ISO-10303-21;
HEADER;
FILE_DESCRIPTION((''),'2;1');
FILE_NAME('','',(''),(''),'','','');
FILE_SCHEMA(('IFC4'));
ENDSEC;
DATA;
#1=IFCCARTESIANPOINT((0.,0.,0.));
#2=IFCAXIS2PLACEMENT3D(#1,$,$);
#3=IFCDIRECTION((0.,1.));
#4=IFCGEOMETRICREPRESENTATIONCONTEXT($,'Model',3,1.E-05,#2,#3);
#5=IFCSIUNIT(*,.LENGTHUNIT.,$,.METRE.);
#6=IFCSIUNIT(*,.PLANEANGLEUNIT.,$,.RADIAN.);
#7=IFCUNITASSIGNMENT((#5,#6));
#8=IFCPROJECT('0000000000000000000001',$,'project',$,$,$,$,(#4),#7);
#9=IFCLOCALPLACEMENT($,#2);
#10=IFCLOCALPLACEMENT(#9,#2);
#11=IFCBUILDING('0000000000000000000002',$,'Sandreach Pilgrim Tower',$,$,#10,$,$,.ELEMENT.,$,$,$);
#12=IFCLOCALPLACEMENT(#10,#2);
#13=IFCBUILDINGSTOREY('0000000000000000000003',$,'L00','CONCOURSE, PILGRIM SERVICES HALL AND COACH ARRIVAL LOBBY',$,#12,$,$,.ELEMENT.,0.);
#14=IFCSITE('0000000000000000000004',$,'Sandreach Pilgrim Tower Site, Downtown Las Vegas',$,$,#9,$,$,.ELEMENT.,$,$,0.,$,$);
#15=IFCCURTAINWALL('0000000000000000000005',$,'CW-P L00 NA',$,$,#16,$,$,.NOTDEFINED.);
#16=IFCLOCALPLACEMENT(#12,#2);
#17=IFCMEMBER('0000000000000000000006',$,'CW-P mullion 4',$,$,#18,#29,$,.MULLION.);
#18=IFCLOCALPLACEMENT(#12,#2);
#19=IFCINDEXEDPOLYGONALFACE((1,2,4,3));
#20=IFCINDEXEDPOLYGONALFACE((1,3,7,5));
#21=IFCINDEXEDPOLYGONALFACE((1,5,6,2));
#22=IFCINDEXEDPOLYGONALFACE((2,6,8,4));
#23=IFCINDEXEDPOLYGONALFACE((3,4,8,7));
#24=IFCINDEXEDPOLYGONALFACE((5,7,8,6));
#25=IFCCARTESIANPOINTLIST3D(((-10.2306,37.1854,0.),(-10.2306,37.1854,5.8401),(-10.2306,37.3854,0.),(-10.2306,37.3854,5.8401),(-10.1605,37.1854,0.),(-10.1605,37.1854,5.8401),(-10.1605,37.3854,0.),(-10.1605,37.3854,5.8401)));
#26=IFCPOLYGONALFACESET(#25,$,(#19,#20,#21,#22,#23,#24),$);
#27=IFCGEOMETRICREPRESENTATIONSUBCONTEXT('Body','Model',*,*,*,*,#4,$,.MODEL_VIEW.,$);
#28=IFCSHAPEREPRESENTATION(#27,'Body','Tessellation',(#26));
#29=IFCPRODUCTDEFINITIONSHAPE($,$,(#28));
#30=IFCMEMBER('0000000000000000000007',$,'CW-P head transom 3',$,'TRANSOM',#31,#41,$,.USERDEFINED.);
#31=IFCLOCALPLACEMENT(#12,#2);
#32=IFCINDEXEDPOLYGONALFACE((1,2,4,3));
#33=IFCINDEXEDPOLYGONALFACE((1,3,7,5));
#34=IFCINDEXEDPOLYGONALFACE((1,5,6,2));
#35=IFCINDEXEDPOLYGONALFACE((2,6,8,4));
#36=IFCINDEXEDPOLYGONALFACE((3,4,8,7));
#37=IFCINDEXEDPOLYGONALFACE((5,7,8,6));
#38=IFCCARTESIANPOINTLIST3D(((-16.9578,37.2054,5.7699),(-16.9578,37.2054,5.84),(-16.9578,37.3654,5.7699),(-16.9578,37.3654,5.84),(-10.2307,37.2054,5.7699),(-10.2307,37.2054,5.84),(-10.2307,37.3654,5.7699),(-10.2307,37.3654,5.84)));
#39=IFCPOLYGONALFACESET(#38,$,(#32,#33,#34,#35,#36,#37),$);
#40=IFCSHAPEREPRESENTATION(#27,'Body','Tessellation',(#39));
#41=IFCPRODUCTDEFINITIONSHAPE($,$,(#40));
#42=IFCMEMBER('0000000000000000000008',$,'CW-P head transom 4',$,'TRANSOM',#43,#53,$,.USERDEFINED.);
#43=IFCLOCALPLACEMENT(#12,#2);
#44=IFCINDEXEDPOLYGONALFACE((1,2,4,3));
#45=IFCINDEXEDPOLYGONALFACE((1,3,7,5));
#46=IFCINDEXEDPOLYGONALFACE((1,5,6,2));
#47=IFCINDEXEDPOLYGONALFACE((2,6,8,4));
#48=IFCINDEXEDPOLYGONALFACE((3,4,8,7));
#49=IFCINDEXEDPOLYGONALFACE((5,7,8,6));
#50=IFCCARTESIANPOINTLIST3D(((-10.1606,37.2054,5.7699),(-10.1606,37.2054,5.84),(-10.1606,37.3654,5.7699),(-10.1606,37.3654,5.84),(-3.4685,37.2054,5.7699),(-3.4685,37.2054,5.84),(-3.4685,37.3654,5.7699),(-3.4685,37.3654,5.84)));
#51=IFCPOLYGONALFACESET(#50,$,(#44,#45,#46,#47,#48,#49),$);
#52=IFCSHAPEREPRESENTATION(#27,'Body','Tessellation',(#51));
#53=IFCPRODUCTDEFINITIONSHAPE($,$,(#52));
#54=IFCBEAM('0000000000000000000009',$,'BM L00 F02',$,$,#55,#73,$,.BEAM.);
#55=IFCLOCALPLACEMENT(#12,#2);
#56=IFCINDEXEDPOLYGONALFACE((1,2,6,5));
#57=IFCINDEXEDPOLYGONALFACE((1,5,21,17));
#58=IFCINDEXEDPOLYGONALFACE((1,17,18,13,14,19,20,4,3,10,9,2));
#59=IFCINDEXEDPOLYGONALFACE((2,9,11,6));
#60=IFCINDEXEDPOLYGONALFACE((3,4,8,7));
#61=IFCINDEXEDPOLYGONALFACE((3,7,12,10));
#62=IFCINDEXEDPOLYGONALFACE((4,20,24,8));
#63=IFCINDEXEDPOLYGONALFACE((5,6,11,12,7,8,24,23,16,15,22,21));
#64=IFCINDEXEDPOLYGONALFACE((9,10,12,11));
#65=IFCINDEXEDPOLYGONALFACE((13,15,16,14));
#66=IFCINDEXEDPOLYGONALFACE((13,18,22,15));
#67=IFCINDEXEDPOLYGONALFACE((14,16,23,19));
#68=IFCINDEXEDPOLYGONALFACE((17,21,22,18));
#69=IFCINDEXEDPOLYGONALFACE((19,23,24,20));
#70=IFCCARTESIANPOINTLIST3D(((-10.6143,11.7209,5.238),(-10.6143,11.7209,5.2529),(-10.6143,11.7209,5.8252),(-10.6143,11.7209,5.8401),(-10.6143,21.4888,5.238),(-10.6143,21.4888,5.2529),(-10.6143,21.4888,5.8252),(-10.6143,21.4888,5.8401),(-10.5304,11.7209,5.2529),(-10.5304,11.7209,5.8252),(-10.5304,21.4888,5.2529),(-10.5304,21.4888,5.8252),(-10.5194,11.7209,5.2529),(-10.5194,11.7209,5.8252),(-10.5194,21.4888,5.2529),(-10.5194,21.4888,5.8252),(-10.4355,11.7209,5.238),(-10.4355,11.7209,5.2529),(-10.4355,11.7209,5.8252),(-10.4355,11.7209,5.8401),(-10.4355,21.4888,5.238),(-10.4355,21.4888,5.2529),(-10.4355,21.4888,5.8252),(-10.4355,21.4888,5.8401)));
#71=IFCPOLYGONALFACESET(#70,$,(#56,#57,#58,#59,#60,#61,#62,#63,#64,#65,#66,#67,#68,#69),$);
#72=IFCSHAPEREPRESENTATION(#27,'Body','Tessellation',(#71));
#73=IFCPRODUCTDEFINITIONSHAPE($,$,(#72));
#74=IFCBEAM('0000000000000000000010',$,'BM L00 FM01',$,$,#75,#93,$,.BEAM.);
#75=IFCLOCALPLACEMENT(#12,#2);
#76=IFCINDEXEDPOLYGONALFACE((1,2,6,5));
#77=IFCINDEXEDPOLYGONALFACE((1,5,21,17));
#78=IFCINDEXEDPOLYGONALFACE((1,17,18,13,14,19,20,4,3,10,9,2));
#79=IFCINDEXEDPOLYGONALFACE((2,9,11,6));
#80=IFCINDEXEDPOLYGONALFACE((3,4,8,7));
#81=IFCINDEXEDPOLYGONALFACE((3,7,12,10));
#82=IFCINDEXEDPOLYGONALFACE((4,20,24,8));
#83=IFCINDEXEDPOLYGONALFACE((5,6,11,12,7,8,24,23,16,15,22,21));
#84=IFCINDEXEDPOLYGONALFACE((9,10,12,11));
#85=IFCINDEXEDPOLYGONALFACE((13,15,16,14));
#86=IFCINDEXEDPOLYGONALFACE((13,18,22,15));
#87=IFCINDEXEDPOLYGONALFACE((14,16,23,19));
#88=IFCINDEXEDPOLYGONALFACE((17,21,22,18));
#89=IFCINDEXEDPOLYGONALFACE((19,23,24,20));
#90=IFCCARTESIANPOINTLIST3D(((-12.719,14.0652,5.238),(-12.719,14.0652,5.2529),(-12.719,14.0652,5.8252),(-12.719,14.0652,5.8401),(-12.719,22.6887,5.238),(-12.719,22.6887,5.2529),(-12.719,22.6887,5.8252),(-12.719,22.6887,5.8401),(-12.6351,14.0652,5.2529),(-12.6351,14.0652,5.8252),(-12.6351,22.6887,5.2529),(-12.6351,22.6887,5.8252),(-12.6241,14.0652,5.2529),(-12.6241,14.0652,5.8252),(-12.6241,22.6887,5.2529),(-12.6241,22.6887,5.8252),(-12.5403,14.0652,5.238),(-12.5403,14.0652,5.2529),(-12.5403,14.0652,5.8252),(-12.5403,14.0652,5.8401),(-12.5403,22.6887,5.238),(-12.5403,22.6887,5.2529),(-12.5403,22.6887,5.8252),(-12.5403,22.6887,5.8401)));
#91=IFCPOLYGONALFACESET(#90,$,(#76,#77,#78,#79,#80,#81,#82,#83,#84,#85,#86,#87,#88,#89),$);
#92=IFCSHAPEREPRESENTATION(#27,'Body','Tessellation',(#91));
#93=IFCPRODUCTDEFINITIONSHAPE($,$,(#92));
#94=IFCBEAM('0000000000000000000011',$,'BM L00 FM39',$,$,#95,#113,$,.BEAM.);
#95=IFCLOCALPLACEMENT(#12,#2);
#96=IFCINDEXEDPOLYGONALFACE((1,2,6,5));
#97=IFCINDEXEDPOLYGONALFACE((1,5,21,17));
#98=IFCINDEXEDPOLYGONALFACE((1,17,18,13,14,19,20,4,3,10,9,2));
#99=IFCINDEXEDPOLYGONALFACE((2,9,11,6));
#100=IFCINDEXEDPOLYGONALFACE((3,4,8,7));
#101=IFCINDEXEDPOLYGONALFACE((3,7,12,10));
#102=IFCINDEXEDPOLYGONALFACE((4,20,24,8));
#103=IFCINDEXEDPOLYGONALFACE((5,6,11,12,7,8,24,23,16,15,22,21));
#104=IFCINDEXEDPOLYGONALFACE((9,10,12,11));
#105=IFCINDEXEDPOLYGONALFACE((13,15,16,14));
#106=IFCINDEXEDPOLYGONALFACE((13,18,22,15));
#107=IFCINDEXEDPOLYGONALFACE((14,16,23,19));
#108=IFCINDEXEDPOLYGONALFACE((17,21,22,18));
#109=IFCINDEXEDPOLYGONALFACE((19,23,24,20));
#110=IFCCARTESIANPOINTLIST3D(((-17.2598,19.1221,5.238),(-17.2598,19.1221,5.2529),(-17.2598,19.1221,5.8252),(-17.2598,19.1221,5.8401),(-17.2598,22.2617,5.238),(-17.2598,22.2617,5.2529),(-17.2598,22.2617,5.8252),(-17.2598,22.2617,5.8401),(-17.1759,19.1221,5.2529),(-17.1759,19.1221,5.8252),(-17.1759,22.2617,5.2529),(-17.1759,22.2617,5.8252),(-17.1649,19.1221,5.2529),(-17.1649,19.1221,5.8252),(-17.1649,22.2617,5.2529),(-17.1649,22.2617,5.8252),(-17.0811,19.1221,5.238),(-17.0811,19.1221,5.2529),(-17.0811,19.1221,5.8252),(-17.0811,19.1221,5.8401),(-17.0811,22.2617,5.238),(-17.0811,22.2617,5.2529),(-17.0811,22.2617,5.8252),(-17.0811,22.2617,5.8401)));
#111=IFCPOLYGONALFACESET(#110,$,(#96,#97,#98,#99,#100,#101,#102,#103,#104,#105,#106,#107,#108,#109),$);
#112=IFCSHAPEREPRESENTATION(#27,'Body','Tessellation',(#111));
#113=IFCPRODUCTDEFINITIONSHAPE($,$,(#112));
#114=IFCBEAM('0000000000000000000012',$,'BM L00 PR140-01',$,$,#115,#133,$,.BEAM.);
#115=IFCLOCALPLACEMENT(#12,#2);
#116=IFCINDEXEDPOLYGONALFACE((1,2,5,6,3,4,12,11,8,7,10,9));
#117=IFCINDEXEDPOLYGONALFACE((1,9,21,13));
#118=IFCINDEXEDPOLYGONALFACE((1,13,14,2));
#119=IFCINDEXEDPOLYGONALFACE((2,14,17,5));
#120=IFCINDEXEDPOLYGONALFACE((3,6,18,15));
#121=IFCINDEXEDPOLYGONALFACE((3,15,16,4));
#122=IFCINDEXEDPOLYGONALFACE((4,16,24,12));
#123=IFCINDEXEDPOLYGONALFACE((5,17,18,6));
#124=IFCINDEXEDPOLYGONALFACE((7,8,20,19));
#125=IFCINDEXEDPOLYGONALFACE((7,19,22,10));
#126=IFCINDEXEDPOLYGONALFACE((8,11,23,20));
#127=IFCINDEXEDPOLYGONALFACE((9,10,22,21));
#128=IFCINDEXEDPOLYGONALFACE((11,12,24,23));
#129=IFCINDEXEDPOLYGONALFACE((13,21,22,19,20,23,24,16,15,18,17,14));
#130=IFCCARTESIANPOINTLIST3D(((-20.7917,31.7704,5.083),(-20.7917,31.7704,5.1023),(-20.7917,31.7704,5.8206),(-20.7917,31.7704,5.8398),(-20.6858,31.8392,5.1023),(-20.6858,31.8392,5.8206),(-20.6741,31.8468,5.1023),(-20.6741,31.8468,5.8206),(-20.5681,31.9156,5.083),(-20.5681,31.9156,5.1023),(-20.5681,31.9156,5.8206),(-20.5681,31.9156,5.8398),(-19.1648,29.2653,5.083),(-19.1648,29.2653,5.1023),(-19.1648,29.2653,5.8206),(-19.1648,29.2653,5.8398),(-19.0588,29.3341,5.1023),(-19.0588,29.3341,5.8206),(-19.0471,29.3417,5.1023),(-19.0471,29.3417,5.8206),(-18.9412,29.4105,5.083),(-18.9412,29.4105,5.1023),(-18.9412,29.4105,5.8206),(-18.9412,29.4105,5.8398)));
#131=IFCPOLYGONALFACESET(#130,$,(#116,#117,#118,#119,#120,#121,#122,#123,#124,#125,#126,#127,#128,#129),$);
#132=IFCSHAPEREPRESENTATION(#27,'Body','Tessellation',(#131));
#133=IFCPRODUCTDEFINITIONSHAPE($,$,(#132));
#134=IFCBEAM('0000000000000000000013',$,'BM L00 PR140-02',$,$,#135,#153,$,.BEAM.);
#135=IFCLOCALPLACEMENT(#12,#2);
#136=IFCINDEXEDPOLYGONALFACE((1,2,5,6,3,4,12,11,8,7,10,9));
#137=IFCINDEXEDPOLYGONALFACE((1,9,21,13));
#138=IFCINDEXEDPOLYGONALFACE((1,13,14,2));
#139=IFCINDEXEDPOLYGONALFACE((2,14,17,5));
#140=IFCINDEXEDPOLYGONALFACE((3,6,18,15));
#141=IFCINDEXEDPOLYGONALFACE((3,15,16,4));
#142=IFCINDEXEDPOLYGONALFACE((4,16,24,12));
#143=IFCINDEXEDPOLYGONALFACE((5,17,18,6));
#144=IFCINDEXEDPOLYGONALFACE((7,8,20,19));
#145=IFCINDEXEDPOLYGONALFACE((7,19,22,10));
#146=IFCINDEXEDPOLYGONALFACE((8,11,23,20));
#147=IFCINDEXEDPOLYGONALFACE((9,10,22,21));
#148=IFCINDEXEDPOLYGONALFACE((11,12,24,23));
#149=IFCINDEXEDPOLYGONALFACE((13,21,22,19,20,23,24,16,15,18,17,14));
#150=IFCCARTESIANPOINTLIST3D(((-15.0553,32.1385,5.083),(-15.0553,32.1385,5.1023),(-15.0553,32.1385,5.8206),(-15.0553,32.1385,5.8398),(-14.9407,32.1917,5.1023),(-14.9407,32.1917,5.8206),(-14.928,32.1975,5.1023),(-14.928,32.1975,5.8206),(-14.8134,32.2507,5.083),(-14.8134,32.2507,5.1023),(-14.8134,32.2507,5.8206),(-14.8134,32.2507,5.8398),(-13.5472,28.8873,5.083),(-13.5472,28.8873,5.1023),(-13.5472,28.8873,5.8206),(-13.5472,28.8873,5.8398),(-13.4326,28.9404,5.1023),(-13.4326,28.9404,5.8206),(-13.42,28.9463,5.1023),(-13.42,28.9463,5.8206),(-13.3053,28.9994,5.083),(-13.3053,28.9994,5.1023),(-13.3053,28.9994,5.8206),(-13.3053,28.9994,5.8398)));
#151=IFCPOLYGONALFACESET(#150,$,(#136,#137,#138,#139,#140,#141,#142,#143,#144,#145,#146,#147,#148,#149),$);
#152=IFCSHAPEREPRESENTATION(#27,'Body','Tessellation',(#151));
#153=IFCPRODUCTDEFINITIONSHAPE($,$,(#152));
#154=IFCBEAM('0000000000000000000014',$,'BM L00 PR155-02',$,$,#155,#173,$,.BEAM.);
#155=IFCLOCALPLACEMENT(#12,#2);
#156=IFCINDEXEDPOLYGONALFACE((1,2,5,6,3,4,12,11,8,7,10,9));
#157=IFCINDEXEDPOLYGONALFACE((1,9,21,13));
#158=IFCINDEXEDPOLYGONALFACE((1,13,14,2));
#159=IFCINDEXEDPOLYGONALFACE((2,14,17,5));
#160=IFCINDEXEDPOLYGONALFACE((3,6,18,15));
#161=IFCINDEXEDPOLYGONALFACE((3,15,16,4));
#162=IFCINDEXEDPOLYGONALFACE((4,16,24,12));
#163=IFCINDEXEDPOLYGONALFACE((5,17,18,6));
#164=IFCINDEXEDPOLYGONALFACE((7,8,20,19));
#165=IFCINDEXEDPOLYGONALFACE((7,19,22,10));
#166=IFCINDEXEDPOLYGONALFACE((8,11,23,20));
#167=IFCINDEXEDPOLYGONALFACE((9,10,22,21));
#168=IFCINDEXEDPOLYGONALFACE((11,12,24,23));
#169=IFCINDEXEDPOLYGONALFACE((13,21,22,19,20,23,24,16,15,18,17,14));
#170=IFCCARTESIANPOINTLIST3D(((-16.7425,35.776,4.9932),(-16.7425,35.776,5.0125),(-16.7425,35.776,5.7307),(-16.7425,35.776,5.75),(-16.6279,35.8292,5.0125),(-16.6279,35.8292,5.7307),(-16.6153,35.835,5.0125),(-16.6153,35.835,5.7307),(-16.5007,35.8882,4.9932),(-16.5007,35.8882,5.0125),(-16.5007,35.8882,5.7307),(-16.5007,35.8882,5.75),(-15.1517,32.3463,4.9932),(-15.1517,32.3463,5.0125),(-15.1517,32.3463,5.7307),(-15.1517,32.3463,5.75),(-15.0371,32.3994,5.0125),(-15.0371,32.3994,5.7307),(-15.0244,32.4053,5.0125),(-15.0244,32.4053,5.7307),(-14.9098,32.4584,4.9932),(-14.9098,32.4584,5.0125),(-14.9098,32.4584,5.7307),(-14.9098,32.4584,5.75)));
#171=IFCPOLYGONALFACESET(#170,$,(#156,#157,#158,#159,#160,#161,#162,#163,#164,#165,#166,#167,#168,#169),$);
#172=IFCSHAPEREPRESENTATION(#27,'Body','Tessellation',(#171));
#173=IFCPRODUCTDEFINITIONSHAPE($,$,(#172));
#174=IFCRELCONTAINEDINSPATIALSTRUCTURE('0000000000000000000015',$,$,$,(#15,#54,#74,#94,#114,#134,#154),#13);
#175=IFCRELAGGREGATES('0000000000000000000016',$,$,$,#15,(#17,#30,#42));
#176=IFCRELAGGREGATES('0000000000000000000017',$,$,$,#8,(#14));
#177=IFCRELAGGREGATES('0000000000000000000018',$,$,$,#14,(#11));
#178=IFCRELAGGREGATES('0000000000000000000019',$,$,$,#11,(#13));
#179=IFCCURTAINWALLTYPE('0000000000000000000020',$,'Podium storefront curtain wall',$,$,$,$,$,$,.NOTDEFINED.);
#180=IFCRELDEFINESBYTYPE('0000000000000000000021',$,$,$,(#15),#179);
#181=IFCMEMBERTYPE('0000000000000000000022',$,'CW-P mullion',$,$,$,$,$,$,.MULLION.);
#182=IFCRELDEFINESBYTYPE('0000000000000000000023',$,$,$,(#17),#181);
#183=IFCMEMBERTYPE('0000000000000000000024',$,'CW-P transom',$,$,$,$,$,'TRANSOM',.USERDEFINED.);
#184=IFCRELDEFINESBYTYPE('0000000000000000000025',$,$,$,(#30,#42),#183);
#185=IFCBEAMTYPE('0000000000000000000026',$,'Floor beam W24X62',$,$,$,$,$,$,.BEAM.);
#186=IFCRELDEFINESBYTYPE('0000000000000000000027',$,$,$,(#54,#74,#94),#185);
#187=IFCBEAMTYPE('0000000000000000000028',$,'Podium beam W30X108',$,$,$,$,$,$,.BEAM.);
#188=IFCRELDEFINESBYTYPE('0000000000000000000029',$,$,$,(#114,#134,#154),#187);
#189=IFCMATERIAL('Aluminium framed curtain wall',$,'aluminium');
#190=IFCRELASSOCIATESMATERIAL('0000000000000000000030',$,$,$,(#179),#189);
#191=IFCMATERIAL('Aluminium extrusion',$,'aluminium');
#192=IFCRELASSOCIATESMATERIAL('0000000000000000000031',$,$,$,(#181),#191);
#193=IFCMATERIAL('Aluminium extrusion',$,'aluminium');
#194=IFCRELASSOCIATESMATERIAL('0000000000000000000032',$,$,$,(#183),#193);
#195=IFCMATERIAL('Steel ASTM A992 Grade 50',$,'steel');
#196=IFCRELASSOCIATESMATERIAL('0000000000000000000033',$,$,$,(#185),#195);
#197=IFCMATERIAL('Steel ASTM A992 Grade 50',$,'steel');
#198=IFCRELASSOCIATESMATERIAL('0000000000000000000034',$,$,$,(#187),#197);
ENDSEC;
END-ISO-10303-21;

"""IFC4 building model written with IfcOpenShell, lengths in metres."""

from ifc_helpers import new_model, si_unit, direction, frame, origin, origin_2d, place, context, subcontext, project, spatial, rectangle, i_section, extrude, material, material_profile, profile_set, type_object, element, aggregate, save


model = new_model("IFC4")

# Units and contexts
model_context = context("Model", 3, precision=1e-05, world=origin(), true_north=direction((0.0, 1.0)))
body_context = subcontext(model_context, "Body", "Model", "MODEL_VIEW")
ifc_project = project(units=[si_unit("LENGTHUNIT", "METRE"), si_unit("PLANEANGLEUNIT", "RADIAN")], contexts=[model_context])

# Site, building, storey
site_placement = place(None, origin())
site = spatial("IfcSite", under=ifc_project, at=site_placement, Name="Sandreach Pilgrim Tower Site, Downtown Las Vegas", CompositionType="ELEMENT", RefElevation=0.0)
building_placement = place(site_placement, origin())
building = spatial("IfcBuilding", under=site, at=building_placement, Name="Sandreach Pilgrim Tower", CompositionType="ELEMENT")
storey_placement = place(building_placement, origin())
storey = spatial("IfcBuildingStorey", under=building, at=storey_placement, Name="L00", Description="CONCOURSE, PILGRIM SERVICES HALL AND COACH ARRIVAL LOBBY", CompositionType="ELEMENT", Elevation=0.0)

# Curtain wall, members
ifc_material_1 = material(Name="Aluminium framed curtain wall", Category="aluminium")
curtain_wall_type = type_object("IfcCurtainWallType", Name="Podium storefront curtain wall", PredefinedType="NOTDEFINED", material=ifc_material_1)
curtain_wall_placement = place(storey_placement, origin())
curtain_wall = element("IfcCurtainWall", 1, at=curtain_wall_placement, inside=storey, type_object=curtain_wall_type, Name="CW-P L00 NA", PredefinedType="NOTDEFINED")
ifc_material_2 = material(Name="Aluminium extrusion", Category="aluminium")
ifc_material_profile_1 = material_profile(ifc_material_2, rectangle(XDim=0.0701, YDim=0.2, at=origin_2d()), Name="CW-PM 70X200")
ifc_profile_set_1 = profile_set([ifc_material_profile_1], Name="Aluminium extrusion")
member_type_1 = type_object("IfcMemberType", Name="CW-P mullion", PredefinedType="MULLION", material=ifc_profile_set_1)
member_1_placement = place(storey_placement, frame((-10.1956, 37.2854, 0.0), z_axis=(0.0, 0.0, 1.0), x_axis=(1.0, 0.0, 0.0)))
member_1 = element("IfcMember", 2, at=member_1_placement, type_object=member_type_1, Name="CW-P mullion 4", PredefinedType="MULLION", context=body_context, shape_type="SweptSolid", body=[
    extrude(rectangle(XDim=0.0701, YDim=0.2, at=origin_2d()), origin(), (0.0, 0.0, 1.0), 5.8401),
])
ifc_material_3 = material(Name="Aluminium extrusion", Category="aluminium")
ifc_material_profile_2 = material_profile(ifc_material_3, rectangle(XDim=0.1599, YDim=0.0701, at=origin_2d()), Name="CW-PT 160X70")
ifc_profile_set_2 = profile_set([ifc_material_profile_2], Name="Aluminium extrusion")
member_type_2 = type_object("IfcMemberType", Name="CW-P transom", ElementType="TRANSOM", PredefinedType="USERDEFINED", material=ifc_profile_set_2)
member_2_placement = place(storey_placement, frame((-16.9578, 37.2854, 5.8049), z_axis=(1.0, 0.0, 0.0), x_axis=(0.0, 1.0, 0.0)))
member_2 = element("IfcMember", 3, at=member_2_placement, type_object=member_type_2, Name="CW-P head transom 3", ObjectType="TRANSOM", PredefinedType="USERDEFINED", context=body_context, shape_type="SweptSolid", body=[
    extrude(rectangle(XDim=0.1599, YDim=0.0701, at=origin_2d()), origin(), (0.0, 0.0, 1.0), 6.7271),
])
member_3_placement = place(storey_placement, frame((-10.1606, 37.2854, 5.8049), z_axis=(1.0, 0.0, 0.0), x_axis=(0.0, 1.0, 0.0)))
member_3 = element("IfcMember", 4, at=member_3_placement, type_object=member_type_2, Name="CW-P head transom 4", ObjectType="TRANSOM", PredefinedType="USERDEFINED", context=body_context, shape_type="SweptSolid", body=[
    extrude(rectangle(XDim=0.1599, YDim=0.0701, at=origin_2d()), origin(), (0.0, 0.0, 1.0), 6.6921),
])

# Beams
ifc_material_4 = material(Name="Steel ASTM A992 Grade 50", Category="steel")
ifc_material_profile_3 = material_profile(ifc_material_4, i_section(OverallWidth=0.1787, OverallDepth=0.6021, WebThickness=0.011, FlangeThickness=0.0149, at=origin_2d()), Name="W24X62")
ifc_profile_set_3 = profile_set([ifc_material_profile_3], Name="Steel ASTM A992 Grade 50")
beam_type_1 = type_object("IfcBeamType", Name="Floor beam W24X62", PredefinedType="BEAM", material=ifc_profile_set_3)
beam_1_placement = place(storey_placement, frame((-10.5249, 21.4888, 5.5391), z_axis=(0.0, -1.0, 0.0), x_axis=(1.0, 0.0, 0.0)))
element("IfcBeam", 5, at=beam_1_placement, inside=storey, type_object=beam_type_1, Name="BM L00 F02", PredefinedType="BEAM", context=body_context, shape_type="SweptSolid", body=[
    extrude(i_section(OverallWidth=0.1787, OverallDepth=0.6021, WebThickness=0.011, FlangeThickness=0.0149, at=origin_2d()), origin(), (0.0, 0.0, 1.0), 9.7678),
])
beam_2_placement = place(storey_placement, frame((-12.6296, 22.6887, 5.5391), z_axis=(0.0, -1.0, 0.0), x_axis=(1.0, 0.0, 0.0)))
element("IfcBeam", 6, at=beam_2_placement, inside=storey, type_object=beam_type_1, Name="BM L00 FM01", PredefinedType="BEAM", context=body_context, shape_type="SweptSolid", body=[
    extrude(i_section(OverallWidth=0.1787, OverallDepth=0.6021, WebThickness=0.011, FlangeThickness=0.0149, at=origin_2d()), origin(), (0.0, 0.0, 1.0), 8.6235),
])
beam_3_placement = place(storey_placement, frame((-17.1704, 22.2617, 5.5391), z_axis=(0.0, -1.0, 0.0), x_axis=(1.0, 0.0, 0.0)))
element("IfcBeam", 7, at=beam_3_placement, inside=storey, type_object=beam_type_1, Name="BM L00 FM39", PredefinedType="BEAM", context=body_context, shape_type="SweptSolid", body=[
    extrude(i_section(OverallWidth=0.1787, OverallDepth=0.6021, WebThickness=0.011, FlangeThickness=0.0149, at=origin_2d()), origin(), (0.0, 0.0, 1.0), 3.1396),
])
ifc_material_5 = material(Name="Steel ASTM A992 Grade 50", Category="steel")
ifc_material_profile_4 = material_profile(ifc_material_5, i_section(OverallWidth=0.2666, OverallDepth=0.7568, WebThickness=0.0139, FlangeThickness=0.0193, at=origin_2d()), Name="W30X108")
ifc_profile_set_4 = profile_set([ifc_material_profile_4], Name="Steel ASTM A992 Grade 50")
beam_type_2 = type_object("IfcBeamType", Name="Podium beam W30X108", PredefinedType="BEAM", material=ifc_profile_set_4)
beam_4_placement = place(storey_placement, frame((-19.053, 29.3379, 5.4614), z_axis=(-0.544664, 0.838655, 0.0), x_axis=(-0.838655, -0.544664, 0.0)))
element("IfcBeam", 8, at=beam_4_placement, inside=storey, type_object=beam_type_2, Name="BM L00 PR140-01", PredefinedType="BEAM", context=body_context, shape_type="SweptSolid", body=[
    extrude(i_section(OverallWidth=0.2666, OverallDepth=0.7568, WebThickness=0.0139, FlangeThickness=0.0193, at=origin_2d()), origin(), (0.0, 0.0, 1.0), 2.9871),
])
beam_5_placement = place(storey_placement, frame((-13.4263, 28.9434, 5.4614), z_axis=(-0.420781, 0.907162, 0.0), x_axis=(-0.907162, -0.420781, 0.0)))
element("IfcBeam", 9, at=beam_5_placement, inside=storey, type_object=beam_type_2, Name="BM L00 PR140-02", PredefinedType="BEAM", context=body_context, shape_type="SweptSolid", body=[
    extrude(i_section(OverallWidth=0.2666, OverallDepth=0.7568, WebThickness=0.0139, FlangeThickness=0.0193, at=origin_2d()), origin(), (0.0, 0.0, 1.0), 3.584),
])
beam_6_placement = place(storey_placement, frame((-15.0308, 32.4023, 5.3716), z_axis=(-0.420777, 0.907164, 0.0), x_axis=(-0.907164, -0.420777, 0.0)))
element("IfcBeam", 10, at=beam_6_placement, inside=storey, type_object=beam_type_2, Name="BM L00 PR155-02", PredefinedType="BEAM", context=body_context, shape_type="SweptSolid", body=[
    extrude(i_section(OverallWidth=0.2666, OverallDepth=0.7568, WebThickness=0.0139, FlangeThickness=0.0193, at=origin_2d()), origin(), (0.0, 0.0, 1.0), 3.7808),
])

aggregate(curtain_wall, [member_1, member_2, member_3])

save(model, "model.ifc")
